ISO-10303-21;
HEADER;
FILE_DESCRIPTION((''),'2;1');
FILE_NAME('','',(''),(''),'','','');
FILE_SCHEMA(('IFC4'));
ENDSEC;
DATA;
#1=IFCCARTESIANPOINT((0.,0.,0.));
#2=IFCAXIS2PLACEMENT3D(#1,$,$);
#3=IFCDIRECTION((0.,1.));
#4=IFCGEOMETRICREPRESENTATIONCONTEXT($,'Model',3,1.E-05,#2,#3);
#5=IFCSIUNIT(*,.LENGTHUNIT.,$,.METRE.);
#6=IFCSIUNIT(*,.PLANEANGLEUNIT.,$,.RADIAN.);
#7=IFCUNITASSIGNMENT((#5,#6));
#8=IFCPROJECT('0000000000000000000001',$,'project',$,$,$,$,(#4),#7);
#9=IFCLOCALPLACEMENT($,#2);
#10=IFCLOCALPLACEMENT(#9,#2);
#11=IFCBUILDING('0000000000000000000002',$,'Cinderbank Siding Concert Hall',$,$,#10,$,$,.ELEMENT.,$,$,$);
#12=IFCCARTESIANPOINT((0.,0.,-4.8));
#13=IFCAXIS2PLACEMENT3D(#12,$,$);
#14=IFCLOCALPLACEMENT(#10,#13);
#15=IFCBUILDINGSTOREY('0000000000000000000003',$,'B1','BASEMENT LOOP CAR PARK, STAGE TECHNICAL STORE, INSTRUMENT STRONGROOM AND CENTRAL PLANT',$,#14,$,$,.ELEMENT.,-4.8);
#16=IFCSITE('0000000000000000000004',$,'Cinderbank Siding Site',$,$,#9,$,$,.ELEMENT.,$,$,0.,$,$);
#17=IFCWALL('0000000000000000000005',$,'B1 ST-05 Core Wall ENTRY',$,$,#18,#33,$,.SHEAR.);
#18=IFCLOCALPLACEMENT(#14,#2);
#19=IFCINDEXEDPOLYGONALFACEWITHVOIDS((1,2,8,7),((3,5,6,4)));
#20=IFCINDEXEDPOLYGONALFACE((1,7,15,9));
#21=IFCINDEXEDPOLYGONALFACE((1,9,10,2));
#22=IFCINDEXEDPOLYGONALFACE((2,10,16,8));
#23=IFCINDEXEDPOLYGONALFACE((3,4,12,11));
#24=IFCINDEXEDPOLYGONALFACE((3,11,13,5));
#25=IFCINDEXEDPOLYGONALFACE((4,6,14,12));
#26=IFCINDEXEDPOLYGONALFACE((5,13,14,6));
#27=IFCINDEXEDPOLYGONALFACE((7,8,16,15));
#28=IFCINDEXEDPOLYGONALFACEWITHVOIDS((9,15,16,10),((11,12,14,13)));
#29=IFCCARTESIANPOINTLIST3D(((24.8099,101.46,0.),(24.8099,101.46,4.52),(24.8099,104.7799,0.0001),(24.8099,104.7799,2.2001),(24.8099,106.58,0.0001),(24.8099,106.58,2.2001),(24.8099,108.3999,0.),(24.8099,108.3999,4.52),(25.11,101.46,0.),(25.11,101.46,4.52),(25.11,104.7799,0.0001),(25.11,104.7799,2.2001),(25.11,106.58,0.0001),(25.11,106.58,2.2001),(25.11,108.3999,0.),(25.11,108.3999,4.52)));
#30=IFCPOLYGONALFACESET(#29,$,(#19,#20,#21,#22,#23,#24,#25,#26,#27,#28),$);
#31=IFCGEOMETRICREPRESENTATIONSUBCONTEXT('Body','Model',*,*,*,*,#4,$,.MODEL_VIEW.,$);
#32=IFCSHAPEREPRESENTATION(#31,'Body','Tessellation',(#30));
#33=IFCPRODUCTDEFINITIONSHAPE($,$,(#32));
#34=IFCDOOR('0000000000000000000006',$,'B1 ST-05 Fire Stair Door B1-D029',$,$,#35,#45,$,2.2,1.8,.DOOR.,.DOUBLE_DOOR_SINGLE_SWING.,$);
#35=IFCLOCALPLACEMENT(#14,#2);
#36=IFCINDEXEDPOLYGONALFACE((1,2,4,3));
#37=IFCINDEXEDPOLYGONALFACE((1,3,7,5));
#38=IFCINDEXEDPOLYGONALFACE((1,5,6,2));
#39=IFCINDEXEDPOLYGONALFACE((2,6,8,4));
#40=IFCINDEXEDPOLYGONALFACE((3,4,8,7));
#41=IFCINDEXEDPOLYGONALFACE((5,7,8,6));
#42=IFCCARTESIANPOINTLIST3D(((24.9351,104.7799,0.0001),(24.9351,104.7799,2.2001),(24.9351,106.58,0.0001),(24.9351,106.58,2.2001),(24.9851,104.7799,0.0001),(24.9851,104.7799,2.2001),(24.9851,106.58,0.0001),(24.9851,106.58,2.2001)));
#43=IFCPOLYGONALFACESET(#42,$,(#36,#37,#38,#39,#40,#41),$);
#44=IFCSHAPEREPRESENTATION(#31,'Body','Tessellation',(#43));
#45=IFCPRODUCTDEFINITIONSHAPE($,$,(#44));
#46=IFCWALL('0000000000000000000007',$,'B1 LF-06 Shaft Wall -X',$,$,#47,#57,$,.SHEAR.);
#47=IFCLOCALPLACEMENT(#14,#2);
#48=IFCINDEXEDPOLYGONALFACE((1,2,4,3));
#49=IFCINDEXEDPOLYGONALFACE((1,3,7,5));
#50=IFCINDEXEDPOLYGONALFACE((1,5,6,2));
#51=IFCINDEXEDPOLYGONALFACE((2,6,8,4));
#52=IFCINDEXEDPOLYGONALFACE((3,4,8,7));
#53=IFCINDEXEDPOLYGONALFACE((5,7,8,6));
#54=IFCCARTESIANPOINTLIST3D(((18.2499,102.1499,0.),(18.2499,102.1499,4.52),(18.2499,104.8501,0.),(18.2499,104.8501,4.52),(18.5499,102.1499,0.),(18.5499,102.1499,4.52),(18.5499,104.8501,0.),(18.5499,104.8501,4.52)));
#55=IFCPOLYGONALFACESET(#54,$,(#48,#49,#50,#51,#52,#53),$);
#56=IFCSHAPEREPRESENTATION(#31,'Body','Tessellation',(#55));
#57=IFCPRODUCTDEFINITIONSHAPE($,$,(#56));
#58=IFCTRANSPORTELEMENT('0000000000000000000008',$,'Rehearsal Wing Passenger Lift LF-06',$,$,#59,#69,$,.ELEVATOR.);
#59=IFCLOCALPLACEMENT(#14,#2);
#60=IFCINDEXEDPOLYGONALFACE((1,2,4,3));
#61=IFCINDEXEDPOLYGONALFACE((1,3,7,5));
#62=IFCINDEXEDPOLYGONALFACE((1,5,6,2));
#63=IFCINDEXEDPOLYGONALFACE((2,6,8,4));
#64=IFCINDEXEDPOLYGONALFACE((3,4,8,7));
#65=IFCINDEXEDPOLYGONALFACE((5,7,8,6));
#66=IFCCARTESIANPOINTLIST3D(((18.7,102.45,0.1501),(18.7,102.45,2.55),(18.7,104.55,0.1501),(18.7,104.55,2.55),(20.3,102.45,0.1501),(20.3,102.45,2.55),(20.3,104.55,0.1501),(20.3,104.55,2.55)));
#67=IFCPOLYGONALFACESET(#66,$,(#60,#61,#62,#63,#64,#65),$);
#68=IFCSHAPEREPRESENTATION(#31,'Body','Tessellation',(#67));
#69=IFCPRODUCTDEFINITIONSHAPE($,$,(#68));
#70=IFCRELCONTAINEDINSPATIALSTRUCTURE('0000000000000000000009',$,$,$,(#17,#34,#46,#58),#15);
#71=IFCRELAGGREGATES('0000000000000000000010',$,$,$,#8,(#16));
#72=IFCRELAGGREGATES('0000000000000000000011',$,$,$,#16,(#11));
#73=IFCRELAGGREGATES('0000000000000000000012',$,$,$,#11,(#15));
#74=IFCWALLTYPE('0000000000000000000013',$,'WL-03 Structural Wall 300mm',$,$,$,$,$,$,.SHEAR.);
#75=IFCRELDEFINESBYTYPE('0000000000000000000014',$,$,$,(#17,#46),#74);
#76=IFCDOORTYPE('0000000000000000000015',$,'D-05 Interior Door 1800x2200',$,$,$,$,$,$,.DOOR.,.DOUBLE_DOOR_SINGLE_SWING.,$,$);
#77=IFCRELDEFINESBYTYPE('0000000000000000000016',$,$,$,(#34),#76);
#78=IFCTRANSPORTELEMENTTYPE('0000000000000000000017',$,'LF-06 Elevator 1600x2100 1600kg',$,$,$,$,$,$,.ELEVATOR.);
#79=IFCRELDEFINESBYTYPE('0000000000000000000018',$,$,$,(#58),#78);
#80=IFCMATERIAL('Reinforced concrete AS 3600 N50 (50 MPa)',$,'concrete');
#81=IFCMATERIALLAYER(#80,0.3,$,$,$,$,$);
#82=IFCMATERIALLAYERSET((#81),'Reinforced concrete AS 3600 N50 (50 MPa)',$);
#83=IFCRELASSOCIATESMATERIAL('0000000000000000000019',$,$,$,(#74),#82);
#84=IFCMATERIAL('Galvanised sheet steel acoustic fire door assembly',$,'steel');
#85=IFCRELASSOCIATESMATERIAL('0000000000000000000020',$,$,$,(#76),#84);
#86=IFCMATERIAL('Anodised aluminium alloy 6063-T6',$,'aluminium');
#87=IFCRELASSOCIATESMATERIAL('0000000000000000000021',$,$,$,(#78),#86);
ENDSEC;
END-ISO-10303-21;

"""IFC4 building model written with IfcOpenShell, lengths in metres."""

from ifc_helpers import new_model, si_unit, direction, frame, frame_2d, origin, origin_2d, place, context, subcontext, project, spatial, rectangle, extrude, material, layer, layer_set, type_object, element, fill, save


model = new_model("IFC4")

# Units and contexts
model_context = context("Model", 3, precision=1e-05, world=origin(), true_north=direction((0.0, 1.0)))
body_context = subcontext(model_context, "Body", "Model", "MODEL_VIEW")
ifc_project = project(units=[si_unit("LENGTHUNIT", "METRE"), si_unit("PLANEANGLEUNIT", "RADIAN")], contexts=[model_context])

# Site, building, storey
site_placement = place(None, origin())
site = spatial("IfcSite", under=ifc_project, at=site_placement, Name="Cinderbank Siding Site", CompositionType="ELEMENT", RefElevation=0.0)
building_placement = place(site_placement, origin())
building = spatial("IfcBuilding", under=site, at=building_placement, Name="Cinderbank Siding Concert Hall", CompositionType="ELEMENT")
storey_placement = place(building_placement, frame((0.0, 0.0, -4.8)))
storey = spatial("IfcBuildingStorey", under=building, at=storey_placement, Name="B1", Description="BASEMENT LOOP CAR PARK, STAGE TECHNICAL STORE, INSTRUMENT STRONGROOM AND CENTRAL PLANT", CompositionType="ELEMENT", Elevation=-4.8)

# Shared definitions
ifc_material_1 = material(Name="Reinforced concrete AS 3600 N50 (50 MPa)", Category="concrete")

# Wall, opening, door
ifc_layer_1 = layer(ifc_material_1, 0.3)
ifc_layer_set_1 = layer_set([ifc_layer_1], Name="Reinforced concrete AS 3600 N50 (50 MPa)")
wall_type = type_object("IfcWallType", Name="WL-03 Structural Wall 300mm", PredefinedType="SHEAR", material=ifc_layer_set_1)
wall_1_placement = place(storey_placement, frame((24.96, 101.46, 0.0), z_axis=(0.0, 0.0, 1.0), x_axis=(0.0, 1.0, 0.0)))
wall_1 = element("IfcWall", 1, at=wall_1_placement, inside=storey, type_object=wall_type, Name="B1 ST-05 Core Wall ENTRY", PredefinedType="SHEAR", context=body_context, shape_type="SweptSolid", body=[
    extrude(rectangle(XDim=6.9399, YDim=0.3, at=frame_2d((3.47, 0.0))), origin(), (0.0, 0.0, 1.0), 4.52),
])
opening_1_placement = place(wall_1_placement, frame((3.3201, 0.0, 0.0)))
opening_1 = element("IfcOpeningElement", 2, at=opening_1_placement, cuts=wall_1, PredefinedType="OPENING", context=body_context, shape_type="SweptSolid", body=[
    extrude(rectangle(XDim=1.8, YDim=2.2, at=frame_2d((0.8999, 1.1001))), frame((0.0, 0.1621, 0.0), z_axis=(0.0, -1.0, 0.0), x_axis=(1.0, 0.0, 0.0)), (0.0, 0.0, 1.0), 0.324),
])
ifc_material_2 = material(Name="Galvanised sheet steel acoustic fire door assembly", Category="steel")
door_type_1 = type_object("IfcDoorType", Name="D-05 Interior Door 1800x2200", OperationType="DOUBLE_DOOR_SINGLE_SWING", PredefinedType="DOOR", material=ifc_material_2)
door_1_placement = place(opening_1_placement, origin())
door_1 = element("IfcDoor", 3, at=door_1_placement, inside=storey, type_object=door_type_1, Name="B1 ST-05 Fire Stair Door B1-D029", OperationType="DOUBLE_DOOR_SINGLE_SWING", OverallHeight=2.2, OverallWidth=1.8, PredefinedType="DOOR", context=body_context, shape_type="SweptSolid", body=[
    extrude(rectangle(XDim=1.8, YDim=2.2, at=frame_2d((0.8999, 1.1001))), frame((0.0, 0.0249, 0.0), z_axis=(0.0, -1.0, 0.0), x_axis=(1.0, 0.0, 0.0)), (0.0, 0.0, 1.0), 0.05),
])
fill(opening_1, door_1)

# Wall
wall_2_placement = place(storey_placement, frame((18.3999, 102.1499, 0.0), z_axis=(0.0, 0.0, 1.0), x_axis=(0.0, 1.0, 0.0)))
element("IfcWall", 4, at=wall_2_placement, inside=storey, type_object=wall_type, Name="B1 LF-06 Shaft Wall -X", PredefinedType="SHEAR", context=body_context, shape_type="SweptSolid", body=[
    extrude(rectangle(XDim=2.7002, YDim=0.3, at=frame_2d((1.3501, 0.0))), origin(), (0.0, 0.0, 1.0), 4.52),
])

# Transport element
ifc_material_3 = material(Name="Anodised aluminium alloy 6063-T6", Category="aluminium")
transport_element_type = type_object("IfcTransportElementType", Name="LF-06 Elevator 1600x2100 1600kg", PredefinedType="ELEVATOR", material=ifc_material_3)
transport_element_placement = place(storey_placement, frame((19.5, 103.5, 0.1501), z_axis=(0.0, 0.0, 1.0), x_axis=(1.0, 0.0, 0.0)))
element("IfcTransportElement", 5, at=transport_element_placement, inside=storey, type_object=transport_element_type, Name="Rehearsal Wing Passenger Lift LF-06", PredefinedType="ELEVATOR", context=body_context, shape_type="SweptSolid", body=[
    extrude(rectangle(XDim=1.6001, YDim=2.1001, at=origin_2d()), origin(), (0.0, 0.0, 1.0), 2.3999),
])

save(model, "model.ifc")
